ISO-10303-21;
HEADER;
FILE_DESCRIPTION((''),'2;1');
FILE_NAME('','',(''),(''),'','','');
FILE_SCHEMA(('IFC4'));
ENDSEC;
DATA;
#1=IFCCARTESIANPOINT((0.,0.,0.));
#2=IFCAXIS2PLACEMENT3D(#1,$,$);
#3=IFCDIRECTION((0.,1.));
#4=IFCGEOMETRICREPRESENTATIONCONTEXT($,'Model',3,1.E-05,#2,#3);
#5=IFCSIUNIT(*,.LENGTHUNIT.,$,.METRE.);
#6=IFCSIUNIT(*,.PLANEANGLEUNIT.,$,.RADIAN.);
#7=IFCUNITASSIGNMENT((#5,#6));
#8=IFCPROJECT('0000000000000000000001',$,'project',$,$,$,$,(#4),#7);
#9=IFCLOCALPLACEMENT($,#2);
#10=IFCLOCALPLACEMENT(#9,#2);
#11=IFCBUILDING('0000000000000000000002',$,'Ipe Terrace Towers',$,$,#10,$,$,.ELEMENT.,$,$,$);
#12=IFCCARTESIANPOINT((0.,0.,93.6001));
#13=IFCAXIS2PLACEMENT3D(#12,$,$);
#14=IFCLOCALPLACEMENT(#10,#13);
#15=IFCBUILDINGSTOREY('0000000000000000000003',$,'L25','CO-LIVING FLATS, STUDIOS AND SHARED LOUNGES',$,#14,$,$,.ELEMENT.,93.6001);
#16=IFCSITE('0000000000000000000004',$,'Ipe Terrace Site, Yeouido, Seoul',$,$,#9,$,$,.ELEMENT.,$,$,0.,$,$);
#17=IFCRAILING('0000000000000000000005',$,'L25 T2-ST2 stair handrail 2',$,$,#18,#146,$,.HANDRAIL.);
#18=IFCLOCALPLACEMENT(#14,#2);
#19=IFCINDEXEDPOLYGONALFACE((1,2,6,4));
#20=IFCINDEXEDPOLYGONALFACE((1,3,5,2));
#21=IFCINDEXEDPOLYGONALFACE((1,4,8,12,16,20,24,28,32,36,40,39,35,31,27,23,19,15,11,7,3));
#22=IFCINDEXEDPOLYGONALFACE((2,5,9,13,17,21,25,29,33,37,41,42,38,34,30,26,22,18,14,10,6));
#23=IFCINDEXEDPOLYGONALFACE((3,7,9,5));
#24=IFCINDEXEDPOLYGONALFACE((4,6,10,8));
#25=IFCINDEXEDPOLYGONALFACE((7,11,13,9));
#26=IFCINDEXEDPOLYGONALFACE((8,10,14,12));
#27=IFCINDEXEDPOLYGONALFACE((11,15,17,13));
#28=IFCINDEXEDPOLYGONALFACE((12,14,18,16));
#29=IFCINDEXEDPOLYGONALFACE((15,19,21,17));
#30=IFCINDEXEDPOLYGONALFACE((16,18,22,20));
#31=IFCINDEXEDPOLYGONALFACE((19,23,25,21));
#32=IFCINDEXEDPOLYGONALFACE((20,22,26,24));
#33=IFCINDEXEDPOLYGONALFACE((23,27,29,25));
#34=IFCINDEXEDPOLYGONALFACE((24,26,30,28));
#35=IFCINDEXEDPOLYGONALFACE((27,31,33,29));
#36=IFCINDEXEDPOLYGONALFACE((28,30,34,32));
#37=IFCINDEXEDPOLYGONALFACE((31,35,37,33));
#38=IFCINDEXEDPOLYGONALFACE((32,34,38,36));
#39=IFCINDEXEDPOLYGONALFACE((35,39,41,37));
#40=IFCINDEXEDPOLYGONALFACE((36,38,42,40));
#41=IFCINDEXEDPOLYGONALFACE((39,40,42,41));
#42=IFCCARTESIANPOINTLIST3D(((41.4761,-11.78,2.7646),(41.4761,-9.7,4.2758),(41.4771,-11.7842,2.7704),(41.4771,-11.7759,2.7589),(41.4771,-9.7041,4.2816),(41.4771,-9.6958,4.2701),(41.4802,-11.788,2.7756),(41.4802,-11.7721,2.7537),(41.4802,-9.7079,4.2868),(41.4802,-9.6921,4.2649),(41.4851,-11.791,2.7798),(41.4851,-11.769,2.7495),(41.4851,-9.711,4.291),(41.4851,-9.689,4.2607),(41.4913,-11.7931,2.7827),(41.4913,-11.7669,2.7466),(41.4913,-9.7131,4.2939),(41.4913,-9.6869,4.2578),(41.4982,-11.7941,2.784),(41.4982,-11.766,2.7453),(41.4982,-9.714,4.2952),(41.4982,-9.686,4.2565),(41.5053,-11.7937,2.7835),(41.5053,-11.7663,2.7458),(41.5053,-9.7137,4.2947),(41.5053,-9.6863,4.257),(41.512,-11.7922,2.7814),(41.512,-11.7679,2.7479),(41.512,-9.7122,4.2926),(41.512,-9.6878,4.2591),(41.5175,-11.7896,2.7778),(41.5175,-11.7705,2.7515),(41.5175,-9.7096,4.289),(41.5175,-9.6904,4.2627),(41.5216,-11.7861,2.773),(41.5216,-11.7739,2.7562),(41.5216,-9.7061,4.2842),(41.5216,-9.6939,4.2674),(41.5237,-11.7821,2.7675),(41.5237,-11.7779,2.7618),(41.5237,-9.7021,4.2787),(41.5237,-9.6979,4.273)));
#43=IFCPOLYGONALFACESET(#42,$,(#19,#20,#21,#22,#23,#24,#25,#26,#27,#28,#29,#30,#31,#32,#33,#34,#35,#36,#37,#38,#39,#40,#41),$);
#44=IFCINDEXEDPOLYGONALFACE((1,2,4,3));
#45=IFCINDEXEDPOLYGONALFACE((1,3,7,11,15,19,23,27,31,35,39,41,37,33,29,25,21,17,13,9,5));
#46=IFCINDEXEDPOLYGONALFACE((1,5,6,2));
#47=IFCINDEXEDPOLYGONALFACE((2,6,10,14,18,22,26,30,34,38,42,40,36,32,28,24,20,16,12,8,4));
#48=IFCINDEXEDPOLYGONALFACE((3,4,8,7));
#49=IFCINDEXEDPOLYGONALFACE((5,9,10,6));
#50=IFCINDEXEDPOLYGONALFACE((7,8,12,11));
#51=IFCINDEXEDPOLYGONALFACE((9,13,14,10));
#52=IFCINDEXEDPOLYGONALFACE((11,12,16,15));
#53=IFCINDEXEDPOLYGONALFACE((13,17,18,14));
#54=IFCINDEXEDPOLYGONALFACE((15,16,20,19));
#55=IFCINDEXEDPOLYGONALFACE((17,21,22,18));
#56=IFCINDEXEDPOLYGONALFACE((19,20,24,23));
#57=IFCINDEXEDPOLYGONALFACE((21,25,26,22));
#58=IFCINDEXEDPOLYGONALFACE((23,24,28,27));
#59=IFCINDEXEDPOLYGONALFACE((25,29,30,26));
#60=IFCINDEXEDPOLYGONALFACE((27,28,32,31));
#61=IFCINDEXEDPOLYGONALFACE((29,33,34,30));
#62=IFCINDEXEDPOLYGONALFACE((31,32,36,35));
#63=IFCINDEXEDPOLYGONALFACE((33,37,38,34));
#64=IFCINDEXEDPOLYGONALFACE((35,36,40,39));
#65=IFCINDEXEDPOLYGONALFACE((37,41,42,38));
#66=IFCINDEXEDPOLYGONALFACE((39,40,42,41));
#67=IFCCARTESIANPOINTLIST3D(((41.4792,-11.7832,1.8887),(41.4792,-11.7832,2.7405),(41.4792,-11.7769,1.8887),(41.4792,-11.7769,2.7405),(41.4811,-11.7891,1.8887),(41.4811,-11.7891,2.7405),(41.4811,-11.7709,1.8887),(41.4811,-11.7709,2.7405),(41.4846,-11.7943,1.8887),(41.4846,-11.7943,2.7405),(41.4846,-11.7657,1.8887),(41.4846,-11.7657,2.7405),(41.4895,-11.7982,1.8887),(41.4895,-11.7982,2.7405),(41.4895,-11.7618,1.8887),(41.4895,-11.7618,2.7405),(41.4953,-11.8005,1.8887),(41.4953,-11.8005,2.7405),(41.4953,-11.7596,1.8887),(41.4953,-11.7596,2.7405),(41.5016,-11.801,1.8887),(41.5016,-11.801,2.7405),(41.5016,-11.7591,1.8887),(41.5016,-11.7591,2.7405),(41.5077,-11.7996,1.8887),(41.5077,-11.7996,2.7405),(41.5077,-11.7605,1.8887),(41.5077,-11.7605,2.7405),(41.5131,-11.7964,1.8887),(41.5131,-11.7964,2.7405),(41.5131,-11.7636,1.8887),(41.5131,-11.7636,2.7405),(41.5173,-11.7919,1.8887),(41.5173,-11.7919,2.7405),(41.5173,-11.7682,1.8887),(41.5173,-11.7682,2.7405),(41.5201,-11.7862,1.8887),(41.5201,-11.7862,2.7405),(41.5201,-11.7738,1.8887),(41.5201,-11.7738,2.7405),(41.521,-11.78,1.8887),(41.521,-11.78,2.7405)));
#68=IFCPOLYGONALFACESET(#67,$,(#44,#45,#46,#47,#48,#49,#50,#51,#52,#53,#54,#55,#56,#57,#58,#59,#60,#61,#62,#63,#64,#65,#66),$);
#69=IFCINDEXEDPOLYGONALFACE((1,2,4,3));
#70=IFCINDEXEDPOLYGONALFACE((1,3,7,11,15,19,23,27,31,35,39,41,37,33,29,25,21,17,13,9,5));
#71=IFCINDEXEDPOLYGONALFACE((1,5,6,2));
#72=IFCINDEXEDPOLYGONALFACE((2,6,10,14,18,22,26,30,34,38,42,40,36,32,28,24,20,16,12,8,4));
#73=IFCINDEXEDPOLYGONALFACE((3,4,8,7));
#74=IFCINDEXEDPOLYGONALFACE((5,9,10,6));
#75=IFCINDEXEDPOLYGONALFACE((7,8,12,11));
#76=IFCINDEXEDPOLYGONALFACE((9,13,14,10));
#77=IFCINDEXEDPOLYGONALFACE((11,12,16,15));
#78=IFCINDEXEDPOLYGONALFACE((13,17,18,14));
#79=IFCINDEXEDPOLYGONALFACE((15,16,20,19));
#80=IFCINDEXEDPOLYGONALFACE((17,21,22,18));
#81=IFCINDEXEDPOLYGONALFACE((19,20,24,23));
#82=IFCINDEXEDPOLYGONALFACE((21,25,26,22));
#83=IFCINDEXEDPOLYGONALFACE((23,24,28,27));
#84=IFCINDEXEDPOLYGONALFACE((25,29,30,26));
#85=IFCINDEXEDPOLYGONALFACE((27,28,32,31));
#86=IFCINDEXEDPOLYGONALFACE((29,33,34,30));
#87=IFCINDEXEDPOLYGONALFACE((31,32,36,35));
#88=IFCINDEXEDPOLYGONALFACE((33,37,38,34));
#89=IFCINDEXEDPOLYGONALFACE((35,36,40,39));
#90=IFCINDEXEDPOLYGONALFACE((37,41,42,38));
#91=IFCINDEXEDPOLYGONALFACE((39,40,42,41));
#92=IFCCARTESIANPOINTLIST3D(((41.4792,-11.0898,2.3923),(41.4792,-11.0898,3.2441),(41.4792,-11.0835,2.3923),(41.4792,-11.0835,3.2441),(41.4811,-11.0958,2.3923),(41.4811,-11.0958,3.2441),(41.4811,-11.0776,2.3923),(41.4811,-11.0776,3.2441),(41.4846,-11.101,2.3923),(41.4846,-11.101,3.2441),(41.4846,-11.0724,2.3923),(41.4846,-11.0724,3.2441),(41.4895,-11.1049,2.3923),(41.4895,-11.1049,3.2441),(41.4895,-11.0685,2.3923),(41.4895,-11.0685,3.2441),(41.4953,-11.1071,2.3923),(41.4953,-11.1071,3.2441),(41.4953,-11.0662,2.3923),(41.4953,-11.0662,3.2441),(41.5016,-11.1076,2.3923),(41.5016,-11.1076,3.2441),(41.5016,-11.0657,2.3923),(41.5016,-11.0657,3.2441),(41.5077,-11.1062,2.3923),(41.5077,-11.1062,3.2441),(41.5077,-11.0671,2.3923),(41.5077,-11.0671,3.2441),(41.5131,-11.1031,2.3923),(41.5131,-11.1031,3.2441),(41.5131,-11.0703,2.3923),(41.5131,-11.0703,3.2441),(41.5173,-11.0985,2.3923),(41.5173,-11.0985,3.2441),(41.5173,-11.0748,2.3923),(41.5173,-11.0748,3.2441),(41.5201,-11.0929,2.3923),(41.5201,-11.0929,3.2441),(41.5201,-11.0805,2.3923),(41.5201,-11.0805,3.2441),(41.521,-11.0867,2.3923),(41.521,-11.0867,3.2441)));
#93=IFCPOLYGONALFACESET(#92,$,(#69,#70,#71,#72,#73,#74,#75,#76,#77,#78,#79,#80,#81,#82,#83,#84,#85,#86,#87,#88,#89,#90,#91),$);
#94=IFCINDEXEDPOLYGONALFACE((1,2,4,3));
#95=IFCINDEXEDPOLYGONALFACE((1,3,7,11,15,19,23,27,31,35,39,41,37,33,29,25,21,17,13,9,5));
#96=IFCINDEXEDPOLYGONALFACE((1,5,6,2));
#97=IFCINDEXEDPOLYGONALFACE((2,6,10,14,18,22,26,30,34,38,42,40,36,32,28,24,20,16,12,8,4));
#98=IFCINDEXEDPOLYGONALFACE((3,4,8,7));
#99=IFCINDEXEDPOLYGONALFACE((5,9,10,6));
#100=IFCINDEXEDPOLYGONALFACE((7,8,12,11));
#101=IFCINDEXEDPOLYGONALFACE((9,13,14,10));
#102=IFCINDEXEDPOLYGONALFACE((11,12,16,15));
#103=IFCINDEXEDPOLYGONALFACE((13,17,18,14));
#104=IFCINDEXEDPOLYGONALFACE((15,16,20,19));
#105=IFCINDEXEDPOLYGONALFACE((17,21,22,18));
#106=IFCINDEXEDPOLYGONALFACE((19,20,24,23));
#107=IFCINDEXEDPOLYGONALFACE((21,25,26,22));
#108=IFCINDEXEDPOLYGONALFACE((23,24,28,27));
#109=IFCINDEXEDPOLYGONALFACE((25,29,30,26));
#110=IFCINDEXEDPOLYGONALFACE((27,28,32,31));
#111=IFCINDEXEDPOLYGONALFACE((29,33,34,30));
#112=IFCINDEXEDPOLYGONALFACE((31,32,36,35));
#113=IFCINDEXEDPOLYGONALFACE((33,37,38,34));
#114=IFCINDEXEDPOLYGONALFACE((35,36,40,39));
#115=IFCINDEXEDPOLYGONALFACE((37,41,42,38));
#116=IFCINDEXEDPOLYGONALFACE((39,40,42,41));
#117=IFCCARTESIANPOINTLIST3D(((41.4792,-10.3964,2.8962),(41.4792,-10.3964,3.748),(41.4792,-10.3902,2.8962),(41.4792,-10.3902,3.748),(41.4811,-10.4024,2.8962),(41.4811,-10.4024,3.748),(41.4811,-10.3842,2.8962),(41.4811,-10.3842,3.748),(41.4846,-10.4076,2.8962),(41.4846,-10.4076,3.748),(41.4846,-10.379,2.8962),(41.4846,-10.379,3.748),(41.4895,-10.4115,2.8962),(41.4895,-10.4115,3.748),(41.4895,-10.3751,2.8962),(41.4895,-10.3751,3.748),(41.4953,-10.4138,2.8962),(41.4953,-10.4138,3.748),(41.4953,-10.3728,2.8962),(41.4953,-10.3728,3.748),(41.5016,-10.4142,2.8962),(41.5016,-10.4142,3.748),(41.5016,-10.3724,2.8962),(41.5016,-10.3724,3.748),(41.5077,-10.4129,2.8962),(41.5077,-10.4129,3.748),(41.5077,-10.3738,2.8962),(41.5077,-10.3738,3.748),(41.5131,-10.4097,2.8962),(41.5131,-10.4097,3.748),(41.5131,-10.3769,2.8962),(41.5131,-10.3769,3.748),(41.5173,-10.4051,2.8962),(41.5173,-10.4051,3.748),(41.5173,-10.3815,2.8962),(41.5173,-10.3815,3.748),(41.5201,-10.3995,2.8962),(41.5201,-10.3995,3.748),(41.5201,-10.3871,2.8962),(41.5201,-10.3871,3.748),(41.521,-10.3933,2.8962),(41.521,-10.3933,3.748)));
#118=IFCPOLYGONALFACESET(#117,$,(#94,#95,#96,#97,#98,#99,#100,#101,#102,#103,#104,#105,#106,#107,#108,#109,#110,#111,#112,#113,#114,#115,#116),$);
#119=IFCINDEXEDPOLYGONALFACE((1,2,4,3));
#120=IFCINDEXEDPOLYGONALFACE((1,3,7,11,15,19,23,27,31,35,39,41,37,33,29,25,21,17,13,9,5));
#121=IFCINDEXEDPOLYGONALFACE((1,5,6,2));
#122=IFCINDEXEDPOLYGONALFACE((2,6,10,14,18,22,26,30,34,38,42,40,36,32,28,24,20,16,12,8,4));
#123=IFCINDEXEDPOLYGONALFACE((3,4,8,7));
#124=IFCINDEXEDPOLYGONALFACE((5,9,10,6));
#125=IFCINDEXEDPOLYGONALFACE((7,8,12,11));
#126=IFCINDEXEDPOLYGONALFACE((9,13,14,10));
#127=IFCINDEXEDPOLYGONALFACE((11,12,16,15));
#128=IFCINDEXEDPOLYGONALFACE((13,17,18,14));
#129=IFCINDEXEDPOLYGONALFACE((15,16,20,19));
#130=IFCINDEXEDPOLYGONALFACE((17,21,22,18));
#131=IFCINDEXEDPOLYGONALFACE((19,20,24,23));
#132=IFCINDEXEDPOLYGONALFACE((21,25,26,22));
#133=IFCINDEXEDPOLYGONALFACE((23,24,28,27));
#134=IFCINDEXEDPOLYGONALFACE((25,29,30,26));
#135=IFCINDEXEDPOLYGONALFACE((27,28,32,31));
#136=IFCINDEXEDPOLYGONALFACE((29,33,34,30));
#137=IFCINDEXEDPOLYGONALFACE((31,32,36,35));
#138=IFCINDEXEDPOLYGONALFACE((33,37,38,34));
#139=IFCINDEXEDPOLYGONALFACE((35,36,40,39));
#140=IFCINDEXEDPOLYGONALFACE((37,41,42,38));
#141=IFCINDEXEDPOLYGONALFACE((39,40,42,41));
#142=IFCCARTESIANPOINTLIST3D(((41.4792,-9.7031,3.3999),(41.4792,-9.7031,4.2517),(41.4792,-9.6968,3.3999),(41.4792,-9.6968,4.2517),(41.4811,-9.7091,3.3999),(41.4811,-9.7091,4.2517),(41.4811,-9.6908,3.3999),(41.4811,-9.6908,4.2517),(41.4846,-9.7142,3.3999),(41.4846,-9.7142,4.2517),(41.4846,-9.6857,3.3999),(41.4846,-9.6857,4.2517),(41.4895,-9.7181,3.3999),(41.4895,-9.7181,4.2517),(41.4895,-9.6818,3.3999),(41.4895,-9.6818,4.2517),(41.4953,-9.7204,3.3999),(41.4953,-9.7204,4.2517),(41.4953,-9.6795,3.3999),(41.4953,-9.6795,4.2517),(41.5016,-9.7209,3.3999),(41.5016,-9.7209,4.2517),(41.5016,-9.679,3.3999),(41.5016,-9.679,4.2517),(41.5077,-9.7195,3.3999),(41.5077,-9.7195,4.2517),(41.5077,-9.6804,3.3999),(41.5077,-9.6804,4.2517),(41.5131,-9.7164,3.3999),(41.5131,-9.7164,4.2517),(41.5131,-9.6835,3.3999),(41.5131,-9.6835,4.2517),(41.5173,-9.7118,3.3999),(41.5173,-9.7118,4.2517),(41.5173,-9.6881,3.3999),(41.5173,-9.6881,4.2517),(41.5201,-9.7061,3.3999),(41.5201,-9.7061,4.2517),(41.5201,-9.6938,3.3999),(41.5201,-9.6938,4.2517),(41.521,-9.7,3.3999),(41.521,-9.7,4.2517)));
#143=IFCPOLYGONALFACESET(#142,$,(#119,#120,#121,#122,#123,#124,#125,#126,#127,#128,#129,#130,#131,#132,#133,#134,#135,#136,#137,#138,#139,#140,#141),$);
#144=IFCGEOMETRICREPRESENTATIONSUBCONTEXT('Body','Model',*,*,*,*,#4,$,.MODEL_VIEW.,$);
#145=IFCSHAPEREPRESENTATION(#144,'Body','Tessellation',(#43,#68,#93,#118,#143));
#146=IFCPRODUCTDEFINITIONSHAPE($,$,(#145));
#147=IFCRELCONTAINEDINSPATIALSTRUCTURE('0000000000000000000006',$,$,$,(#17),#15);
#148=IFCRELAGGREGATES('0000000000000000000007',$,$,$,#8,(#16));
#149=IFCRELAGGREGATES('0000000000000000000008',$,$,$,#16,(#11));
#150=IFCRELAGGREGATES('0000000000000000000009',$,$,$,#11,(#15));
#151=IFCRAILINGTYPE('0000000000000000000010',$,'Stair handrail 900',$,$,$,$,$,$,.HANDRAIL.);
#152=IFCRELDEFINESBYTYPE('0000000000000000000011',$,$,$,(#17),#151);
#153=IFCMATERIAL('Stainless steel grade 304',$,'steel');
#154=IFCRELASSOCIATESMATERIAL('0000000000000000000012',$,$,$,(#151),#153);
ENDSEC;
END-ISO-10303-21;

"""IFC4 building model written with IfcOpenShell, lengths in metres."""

from ifc_helpers import new_model, si_unit, direction, frame, origin, origin_2d, place, context, subcontext, project, spatial, circle, extrude, material, type_object, element, save


model = new_model("IFC4")

# Units and contexts
model_context = context("Model", 3, precision=1e-05, world=origin(), true_north=direction((0.0, 1.0)))
body_context = subcontext(model_context, "Body", "Model", "MODEL_VIEW")
ifc_project = project(units=[si_unit("LENGTHUNIT", "METRE"), si_unit("PLANEANGLEUNIT", "RADIAN")], contexts=[model_context])

# Site, building, storey
site_placement = place(None, origin())
site = spatial("IfcSite", under=ifc_project, at=site_placement, Name="Ipe Terrace Site, Yeouido, Seoul", CompositionType="ELEMENT", RefElevation=0.0)
building_placement = place(site_placement, origin())
building = spatial("IfcBuilding", under=site, at=building_placement, Name="Ipe Terrace Towers", CompositionType="ELEMENT")
storey_placement = place(building_placement, frame((0.0, 0.0, 93.6001)))
storey = spatial("IfcBuildingStorey", under=building, at=storey_placement, Name="L25", Description="CO-LIVING FLATS, STUDIOS AND SHARED LOUNGES", CompositionType="ELEMENT", Elevation=93.6001)

# Railing
ifc_material_1 = material(Name="Stainless steel grade 304", Category="steel")
railing_type_1 = type_object("IfcRailingType", Name="Stair handrail 900", PredefinedType="HANDRAIL", material=ifc_material_1)
railing_1_placement = place(storey_placement, frame((41.5, -11.78, 1.8887)))
element("IfcRailing", 1, at=railing_1_placement, inside=storey, type_object=railing_type_1, Name="L25 T2-ST2 stair handrail 2", PredefinedType="HANDRAIL", context=body_context, shape_type="SweptSolid", body=[
    extrude(circle(Radius=0.0239, at=origin_2d()), frame((0.0, 0.0, 0.876), z_axis=(0.0, 0.809023, 0.587776), x_axis=(-1.0, 0.0, 0.0)), (0.0, 0.0, 1.0), 2.571),
    extrude(circle(Radius=0.021, at=origin_2d()), origin(), (0.0, 0.0, 1.0), 0.8518),
    extrude(circle(Radius=0.021, at=origin_2d()), frame((0.0, 0.6934, 0.5037)), (0.0, 0.0, 1.0), 0.8518),
    extrude(circle(Radius=0.021, at=origin_2d()), frame((0.0, 1.3867, 1.0076)), (0.0, 0.0, 1.0), 0.8518),
    extrude(circle(Radius=0.021, at=origin_2d()), frame((0.0, 2.0801, 1.5112)), (0.0, 0.0, 1.0), 0.8518),
])

save(model, "model.ifc")
